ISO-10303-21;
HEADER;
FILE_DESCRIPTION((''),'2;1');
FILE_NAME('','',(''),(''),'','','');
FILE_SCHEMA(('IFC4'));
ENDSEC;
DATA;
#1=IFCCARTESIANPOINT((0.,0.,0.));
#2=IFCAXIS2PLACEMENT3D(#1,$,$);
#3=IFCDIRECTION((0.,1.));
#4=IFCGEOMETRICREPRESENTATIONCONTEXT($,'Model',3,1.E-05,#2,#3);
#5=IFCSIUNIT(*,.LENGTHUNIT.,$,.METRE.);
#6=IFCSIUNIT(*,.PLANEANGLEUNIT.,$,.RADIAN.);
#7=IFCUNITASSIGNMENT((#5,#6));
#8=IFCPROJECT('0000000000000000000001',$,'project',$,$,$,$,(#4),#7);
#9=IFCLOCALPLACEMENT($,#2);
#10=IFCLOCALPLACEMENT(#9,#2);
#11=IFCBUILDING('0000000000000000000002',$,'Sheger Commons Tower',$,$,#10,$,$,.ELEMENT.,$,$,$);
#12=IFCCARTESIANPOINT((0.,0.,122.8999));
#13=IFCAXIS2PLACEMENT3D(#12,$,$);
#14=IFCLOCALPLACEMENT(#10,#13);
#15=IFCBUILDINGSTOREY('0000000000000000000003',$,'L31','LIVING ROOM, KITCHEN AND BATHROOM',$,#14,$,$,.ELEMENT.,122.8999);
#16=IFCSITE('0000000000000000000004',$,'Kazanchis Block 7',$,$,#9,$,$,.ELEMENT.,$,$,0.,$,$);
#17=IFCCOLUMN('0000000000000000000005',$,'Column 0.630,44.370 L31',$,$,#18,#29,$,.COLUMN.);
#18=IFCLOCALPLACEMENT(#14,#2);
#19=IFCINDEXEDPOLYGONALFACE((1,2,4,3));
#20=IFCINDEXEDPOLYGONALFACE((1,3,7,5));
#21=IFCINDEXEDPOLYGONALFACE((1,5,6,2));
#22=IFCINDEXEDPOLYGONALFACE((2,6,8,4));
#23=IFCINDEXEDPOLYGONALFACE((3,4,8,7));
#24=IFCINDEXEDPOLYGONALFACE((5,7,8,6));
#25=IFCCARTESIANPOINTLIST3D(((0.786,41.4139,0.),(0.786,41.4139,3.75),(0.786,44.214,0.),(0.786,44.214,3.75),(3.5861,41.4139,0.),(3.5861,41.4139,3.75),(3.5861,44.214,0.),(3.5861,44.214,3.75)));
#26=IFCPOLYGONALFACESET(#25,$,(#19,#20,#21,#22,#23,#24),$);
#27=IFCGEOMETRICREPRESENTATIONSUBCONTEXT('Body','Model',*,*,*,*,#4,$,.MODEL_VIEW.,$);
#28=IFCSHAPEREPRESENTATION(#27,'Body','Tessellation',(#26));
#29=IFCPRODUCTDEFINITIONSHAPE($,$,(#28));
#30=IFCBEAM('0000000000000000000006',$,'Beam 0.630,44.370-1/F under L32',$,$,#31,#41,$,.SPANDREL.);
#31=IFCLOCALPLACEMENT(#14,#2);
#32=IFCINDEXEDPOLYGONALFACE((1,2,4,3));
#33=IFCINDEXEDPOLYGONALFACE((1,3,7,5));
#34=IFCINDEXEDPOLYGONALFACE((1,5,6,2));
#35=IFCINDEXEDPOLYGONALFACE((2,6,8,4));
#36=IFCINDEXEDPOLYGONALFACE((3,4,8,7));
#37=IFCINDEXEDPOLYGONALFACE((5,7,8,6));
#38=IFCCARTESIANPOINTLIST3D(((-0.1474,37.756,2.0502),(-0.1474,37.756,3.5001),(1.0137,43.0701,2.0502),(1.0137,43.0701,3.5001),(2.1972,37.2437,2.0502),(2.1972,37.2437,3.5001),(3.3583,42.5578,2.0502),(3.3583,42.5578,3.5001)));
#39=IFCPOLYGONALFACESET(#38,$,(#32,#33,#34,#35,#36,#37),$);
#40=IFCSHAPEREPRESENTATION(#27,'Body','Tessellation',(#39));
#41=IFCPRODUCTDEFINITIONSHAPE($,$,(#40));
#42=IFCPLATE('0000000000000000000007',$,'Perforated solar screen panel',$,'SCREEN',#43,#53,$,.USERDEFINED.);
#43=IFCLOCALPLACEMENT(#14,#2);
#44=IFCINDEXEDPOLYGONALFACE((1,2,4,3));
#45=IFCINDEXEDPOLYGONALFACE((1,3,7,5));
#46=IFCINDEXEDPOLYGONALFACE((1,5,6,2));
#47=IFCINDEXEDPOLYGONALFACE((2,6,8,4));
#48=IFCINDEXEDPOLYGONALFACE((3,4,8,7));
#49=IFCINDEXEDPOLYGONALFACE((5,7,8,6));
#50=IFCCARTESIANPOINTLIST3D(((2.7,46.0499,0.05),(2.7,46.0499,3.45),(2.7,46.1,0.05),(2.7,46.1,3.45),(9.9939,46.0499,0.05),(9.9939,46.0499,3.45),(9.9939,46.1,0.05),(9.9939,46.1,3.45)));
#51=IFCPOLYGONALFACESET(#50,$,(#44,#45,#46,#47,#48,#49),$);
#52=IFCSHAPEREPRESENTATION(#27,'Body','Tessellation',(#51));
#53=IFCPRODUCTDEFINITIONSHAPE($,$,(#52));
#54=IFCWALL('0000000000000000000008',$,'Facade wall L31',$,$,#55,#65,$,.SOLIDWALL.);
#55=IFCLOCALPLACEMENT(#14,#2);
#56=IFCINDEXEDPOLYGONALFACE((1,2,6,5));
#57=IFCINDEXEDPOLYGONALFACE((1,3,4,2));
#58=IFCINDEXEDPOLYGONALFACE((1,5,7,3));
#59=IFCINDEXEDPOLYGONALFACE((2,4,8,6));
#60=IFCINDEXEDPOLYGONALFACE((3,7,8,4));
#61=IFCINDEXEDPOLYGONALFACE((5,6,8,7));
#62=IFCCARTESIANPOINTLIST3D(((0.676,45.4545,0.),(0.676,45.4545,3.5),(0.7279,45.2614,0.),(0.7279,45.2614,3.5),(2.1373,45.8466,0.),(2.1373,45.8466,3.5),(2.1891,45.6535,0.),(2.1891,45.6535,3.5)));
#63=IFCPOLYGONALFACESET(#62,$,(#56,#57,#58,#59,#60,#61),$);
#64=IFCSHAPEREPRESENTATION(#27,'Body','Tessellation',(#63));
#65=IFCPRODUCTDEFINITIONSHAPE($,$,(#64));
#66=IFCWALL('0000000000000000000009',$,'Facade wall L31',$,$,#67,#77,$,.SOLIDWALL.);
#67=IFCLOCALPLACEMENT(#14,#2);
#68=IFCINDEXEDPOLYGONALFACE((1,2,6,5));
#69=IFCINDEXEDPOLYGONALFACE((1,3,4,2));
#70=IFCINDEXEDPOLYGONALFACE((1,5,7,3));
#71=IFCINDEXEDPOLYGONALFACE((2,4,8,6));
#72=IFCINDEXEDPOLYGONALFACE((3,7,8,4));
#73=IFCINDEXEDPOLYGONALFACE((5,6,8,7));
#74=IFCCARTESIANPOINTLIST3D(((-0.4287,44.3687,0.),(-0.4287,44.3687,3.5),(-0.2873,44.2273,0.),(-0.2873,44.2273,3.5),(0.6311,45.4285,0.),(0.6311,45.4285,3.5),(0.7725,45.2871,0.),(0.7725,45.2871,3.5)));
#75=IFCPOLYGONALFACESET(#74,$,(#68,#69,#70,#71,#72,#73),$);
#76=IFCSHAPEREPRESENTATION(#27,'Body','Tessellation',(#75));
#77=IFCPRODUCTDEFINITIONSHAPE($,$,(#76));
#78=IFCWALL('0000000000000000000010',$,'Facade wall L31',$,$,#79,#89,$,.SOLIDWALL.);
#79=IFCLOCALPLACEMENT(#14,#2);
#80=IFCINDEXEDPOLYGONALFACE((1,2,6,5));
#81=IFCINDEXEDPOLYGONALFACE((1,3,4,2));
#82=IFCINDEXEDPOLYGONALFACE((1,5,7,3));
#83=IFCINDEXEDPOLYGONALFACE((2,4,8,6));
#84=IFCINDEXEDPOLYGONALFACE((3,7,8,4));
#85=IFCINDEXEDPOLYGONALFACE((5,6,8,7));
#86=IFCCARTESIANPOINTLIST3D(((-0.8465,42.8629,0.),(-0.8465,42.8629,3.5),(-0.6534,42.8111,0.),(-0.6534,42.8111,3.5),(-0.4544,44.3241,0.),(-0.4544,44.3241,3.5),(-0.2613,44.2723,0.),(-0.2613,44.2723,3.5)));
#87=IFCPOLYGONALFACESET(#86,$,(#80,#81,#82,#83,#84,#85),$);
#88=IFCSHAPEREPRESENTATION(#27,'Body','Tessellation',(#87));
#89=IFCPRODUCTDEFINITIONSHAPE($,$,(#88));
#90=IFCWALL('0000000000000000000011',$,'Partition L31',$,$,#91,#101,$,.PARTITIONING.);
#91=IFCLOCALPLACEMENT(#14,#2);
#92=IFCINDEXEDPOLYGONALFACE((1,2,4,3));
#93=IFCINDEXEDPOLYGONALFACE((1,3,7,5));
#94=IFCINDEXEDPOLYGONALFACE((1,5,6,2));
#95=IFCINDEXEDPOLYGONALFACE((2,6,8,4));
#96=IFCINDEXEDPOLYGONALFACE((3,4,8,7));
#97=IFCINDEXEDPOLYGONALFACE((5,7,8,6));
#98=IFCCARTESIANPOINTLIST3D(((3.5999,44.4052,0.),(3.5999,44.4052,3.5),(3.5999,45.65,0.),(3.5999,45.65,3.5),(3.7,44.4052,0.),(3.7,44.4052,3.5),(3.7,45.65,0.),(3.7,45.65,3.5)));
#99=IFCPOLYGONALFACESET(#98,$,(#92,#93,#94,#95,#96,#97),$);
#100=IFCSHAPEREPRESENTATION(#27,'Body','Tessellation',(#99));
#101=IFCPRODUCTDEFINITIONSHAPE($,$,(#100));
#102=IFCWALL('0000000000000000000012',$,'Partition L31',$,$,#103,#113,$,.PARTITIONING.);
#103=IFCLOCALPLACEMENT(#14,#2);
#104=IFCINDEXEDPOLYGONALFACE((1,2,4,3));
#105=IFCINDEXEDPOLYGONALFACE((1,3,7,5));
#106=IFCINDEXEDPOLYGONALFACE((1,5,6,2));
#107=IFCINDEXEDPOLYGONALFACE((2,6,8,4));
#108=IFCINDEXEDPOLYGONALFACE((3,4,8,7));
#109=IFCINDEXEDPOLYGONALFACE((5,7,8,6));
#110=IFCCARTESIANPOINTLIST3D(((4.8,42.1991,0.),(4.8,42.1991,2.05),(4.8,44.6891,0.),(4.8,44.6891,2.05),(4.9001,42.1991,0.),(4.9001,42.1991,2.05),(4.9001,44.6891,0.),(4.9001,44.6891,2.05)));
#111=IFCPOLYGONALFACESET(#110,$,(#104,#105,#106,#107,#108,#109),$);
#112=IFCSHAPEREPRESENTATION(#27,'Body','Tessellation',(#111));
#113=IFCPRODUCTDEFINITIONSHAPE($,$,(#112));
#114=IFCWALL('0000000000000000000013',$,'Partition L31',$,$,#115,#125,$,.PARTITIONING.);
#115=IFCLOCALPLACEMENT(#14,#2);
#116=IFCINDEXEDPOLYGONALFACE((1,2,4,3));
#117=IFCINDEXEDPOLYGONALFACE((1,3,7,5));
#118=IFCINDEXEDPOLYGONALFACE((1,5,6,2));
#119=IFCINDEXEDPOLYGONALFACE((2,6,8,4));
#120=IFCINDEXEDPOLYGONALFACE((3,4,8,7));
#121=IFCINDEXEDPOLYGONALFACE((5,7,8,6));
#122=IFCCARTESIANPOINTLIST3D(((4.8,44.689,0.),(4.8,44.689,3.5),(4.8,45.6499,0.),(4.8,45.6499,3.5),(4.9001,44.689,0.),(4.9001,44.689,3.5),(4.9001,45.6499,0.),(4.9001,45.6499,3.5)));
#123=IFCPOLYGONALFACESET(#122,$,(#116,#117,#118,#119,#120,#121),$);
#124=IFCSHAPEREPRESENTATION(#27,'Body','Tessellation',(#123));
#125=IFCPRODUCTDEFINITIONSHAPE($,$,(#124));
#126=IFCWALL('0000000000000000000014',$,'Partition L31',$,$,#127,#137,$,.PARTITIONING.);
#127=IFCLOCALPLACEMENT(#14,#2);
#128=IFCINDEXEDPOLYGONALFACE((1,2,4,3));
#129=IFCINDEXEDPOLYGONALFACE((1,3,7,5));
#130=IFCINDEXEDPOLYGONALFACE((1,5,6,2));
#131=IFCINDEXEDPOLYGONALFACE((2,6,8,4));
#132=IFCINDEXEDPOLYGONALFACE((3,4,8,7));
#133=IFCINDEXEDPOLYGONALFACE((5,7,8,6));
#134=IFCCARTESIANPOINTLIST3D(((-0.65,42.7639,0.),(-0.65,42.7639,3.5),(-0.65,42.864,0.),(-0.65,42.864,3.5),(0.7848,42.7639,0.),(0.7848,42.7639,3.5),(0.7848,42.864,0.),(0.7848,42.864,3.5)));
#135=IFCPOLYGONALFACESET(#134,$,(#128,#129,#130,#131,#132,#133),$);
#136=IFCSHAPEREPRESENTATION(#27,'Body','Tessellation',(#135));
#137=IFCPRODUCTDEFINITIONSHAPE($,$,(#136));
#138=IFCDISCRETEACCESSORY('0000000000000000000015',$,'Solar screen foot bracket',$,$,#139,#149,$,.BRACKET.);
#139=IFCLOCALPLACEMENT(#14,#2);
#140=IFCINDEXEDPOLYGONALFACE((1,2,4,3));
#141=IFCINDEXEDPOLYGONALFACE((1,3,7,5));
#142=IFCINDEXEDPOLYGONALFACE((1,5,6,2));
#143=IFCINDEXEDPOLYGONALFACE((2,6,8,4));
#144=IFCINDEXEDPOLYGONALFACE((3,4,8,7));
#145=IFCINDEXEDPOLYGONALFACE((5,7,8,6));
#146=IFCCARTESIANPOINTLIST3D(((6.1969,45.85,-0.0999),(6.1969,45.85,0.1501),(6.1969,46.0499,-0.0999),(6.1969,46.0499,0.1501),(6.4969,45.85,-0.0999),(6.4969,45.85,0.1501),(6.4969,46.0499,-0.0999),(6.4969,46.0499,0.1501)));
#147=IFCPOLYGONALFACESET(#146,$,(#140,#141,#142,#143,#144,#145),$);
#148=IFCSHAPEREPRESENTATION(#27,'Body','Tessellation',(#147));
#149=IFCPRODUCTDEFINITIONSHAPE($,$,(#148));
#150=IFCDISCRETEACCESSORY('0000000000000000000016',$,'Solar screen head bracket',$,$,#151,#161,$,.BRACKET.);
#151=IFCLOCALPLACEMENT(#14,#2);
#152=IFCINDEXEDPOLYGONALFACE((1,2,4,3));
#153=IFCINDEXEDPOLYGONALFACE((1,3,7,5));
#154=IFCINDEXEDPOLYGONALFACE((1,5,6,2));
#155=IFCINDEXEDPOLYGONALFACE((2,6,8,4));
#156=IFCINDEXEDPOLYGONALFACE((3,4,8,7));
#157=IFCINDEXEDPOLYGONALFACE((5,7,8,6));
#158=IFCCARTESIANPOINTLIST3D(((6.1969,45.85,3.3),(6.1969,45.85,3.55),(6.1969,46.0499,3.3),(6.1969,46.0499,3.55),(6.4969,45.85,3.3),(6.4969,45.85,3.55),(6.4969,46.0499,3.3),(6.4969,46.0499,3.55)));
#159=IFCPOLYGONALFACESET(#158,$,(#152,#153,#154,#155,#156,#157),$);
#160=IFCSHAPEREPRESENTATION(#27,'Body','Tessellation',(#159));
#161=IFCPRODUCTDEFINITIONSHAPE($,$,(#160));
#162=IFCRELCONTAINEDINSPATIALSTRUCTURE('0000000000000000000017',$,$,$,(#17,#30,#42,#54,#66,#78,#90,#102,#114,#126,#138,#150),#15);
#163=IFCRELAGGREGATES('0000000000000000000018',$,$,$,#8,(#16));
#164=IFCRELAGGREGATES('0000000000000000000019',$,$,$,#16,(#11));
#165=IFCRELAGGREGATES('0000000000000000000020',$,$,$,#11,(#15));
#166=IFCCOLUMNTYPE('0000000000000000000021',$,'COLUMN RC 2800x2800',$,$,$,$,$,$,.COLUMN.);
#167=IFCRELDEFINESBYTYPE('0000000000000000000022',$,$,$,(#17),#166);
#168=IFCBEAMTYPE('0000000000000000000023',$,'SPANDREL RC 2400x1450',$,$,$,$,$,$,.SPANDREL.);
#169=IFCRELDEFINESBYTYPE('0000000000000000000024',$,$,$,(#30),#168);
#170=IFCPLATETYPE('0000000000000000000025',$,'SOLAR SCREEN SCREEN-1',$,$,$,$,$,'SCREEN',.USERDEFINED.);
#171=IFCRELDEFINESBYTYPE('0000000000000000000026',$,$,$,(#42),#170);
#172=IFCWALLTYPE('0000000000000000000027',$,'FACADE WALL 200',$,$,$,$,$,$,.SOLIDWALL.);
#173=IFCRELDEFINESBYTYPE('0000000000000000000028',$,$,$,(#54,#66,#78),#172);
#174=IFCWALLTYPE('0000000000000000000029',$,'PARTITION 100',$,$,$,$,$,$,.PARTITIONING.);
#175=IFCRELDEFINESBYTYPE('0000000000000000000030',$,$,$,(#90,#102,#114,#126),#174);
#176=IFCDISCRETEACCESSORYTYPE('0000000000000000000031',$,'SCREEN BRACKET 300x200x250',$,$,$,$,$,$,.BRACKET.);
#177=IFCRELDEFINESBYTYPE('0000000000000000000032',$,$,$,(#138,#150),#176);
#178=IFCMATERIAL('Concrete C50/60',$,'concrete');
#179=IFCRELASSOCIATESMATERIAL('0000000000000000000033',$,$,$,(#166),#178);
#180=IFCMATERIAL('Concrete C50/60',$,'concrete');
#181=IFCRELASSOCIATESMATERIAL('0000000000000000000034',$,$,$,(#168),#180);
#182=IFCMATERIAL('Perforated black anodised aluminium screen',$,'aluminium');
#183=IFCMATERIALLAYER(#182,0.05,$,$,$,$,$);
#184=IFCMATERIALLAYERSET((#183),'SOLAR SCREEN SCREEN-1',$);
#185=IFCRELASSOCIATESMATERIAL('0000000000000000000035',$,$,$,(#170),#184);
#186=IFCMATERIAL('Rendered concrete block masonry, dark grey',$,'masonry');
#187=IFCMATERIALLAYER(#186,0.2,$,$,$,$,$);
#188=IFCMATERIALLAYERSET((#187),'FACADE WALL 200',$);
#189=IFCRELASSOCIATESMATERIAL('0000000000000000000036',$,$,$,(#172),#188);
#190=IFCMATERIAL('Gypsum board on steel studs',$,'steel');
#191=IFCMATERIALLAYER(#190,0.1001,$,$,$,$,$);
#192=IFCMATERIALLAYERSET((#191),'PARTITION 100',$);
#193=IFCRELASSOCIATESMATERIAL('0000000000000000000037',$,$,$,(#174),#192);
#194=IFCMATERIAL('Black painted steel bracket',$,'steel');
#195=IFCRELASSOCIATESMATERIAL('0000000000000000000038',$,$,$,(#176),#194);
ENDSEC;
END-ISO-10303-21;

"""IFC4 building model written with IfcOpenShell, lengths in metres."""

from ifc_helpers import new_model, si_unit, direction, frame, frame_2d, origin, origin_2d, place, context, subcontext, project, spatial, rectangle, extrude, material, layer, layer_set, material_profile, profile_set, type_object, element, save


model = new_model("IFC4")

# Units and contexts
model_context = context("Model", 3, precision=1e-05, world=origin(), true_north=direction((0.0, 1.0)))
body_context = subcontext(model_context, "Body", "Model", "MODEL_VIEW")
ifc_project = project(units=[si_unit("LENGTHUNIT", "METRE"), si_unit("PLANEANGLEUNIT", "RADIAN")], contexts=[model_context])

# Site, building, storey
site_placement = place(None, origin())
site = spatial("IfcSite", under=ifc_project, at=site_placement, Name="Kazanchis Block 7", CompositionType="ELEMENT", RefElevation=0.0)
building_placement = place(site_placement, origin())
building = spatial("IfcBuilding", under=site, at=building_placement, Name="Sheger Commons Tower", CompositionType="ELEMENT")
storey_placement = place(building_placement, frame((0.0, 0.0, 122.8999)))
storey = spatial("IfcBuildingStorey", under=building, at=storey_placement, Name="L31", Description="LIVING ROOM, KITCHEN AND BATHROOM", CompositionType="ELEMENT", Elevation=122.8999)

# Column
ifc_material_1 = material(Name="Concrete C50/60", Category="concrete")
ifc_material_profile_1 = material_profile(ifc_material_1, rectangle(XDim=2.8, YDim=2.8, at=origin_2d()), Name="RC 2800x2800")
ifc_profile_set_1 = profile_set([ifc_material_profile_1], Name="Concrete C50/60")
column_type = type_object("IfcColumnType", Name="COLUMN RC 2800x2800", PredefinedType="COLUMN", material=ifc_profile_set_1)
column_placement = place(storey_placement, frame((2.186, 42.814, 0.0), z_axis=(0.0, 0.0, 1.0), x_axis=(1.0, 0.0, 0.0)))
element("IfcColumn", 1, at=column_placement, inside=storey, type_object=column_type, Name="Column 0.630,44.370 L31", PredefinedType="COLUMN", context=body_context, shape_type="SweptSolid", body=[
    extrude(rectangle(XDim=2.8, YDim=2.8, at=origin_2d()), origin(), (0.0, 0.0, 1.0), 3.75),
])

# Beam
ifc_material_2 = material(Name="Concrete C50/60", Category="concrete")
ifc_material_profile_2 = material_profile(ifc_material_2, rectangle(XDim=2.3999, YDim=1.45, at=origin_2d()), Name="RC 2400x1450")
ifc_profile_set_2 = profile_set([ifc_material_profile_2], Name="Concrete C50/60")
beam_type = type_object("IfcBeamType", Name="SPANDREL RC 2400x1450", PredefinedType="SPANDREL", material=ifc_profile_set_2)
beam_placement = place(storey_placement, frame((2.186, 42.814, 2.7751), z_axis=(-0.213469, -0.97695, 0.0), x_axis=(0.97695, -0.213469, 0.0)))
element("IfcBeam", 2, at=beam_placement, inside=storey, type_object=beam_type, Name="Beam 0.630,44.370-1/F under L32", PredefinedType="SPANDREL", context=body_context, shape_type="SweptSolid", body=[
    extrude(rectangle(XDim=2.3999, YDim=1.45, at=origin_2d()), origin(), (0.0, 0.0, 1.0), 5.4395),
])

# Plate
ifc_material_3 = material(Name="Perforated black anodised aluminium screen", Category="aluminium")
ifc_layer_1 = layer(ifc_material_3, 0.05)
ifc_layer_set_1 = layer_set([ifc_layer_1], Name="SOLAR SCREEN SCREEN-1")
plate_type = type_object("IfcPlateType", Name="SOLAR SCREEN SCREEN-1", ElementType="SCREEN", PredefinedType="USERDEFINED", material=ifc_layer_set_1)
plate_placement = place(storey_placement, frame((6.3469, 46.075, 0.05), z_axis=(0.0, 0.0, 1.0), x_axis=(-1.0, 0.0, 0.0)))
element("IfcPlate", 3, at=plate_placement, inside=storey, type_object=plate_type, Name="Perforated solar screen panel", ObjectType="SCREEN", PredefinedType="USERDEFINED", context=body_context, shape_type="SweptSolid", body=[
    extrude(rectangle(XDim=7.2939, YDim=0.05, at=origin_2d()), origin(), (0.0, 0.0, 1.0), 3.3999),
])

# Walls
ifc_material_4 = material(Name="Rendered concrete block masonry, dark grey", Category="masonry")
ifc_layer_2 = layer(ifc_material_4, 0.2)
ifc_layer_set_2 = layer_set([ifc_layer_2], Name="FACADE WALL 200")
wall_type_1 = type_object("IfcWallType", Name="FACADE WALL 200", PredefinedType="SOLIDWALL", material=ifc_layer_set_2)
wall_1_placement = place(storey_placement, frame((2.1631, 45.75, 0.0), z_axis=(0.0, 0.0, 1.0), x_axis=(-0.965832, -0.259169, 0.0)))
element("IfcWall", 4, at=wall_1_placement, inside=storey, type_object=wall_type_1, Name="Facade wall L31", PredefinedType="SOLIDWALL", context=body_context, shape_type="SweptSolid", body=[
    extrude(rectangle(XDim=1.5129, YDim=0.2, at=frame_2d((0.7563, 0.0))), origin(), (0.0, 0.0, 1.0), 3.5),
])
wall_2_placement = place(storey_placement, frame((0.7019, 45.3579, 0.0), z_axis=(0.0, 0.0, 1.0), x_axis=(-0.707107, -0.707107, 0.0)))
element("IfcWall", 5, at=wall_2_placement, inside=storey, type_object=wall_type_1, Name="Facade wall L31", PredefinedType="SOLIDWALL", context=body_context, shape_type="SweptSolid", body=[
    extrude(rectangle(XDim=1.4988, YDim=0.2, at=frame_2d((0.7495, 0.0))), origin(), (0.0, 0.0, 1.0), 3.5),
])
wall_3_placement = place(storey_placement, frame((-0.3579, 44.2981, 0.0), z_axis=(0.0, 0.0, 1.0), x_axis=(-0.259169, -0.965832, 0.0)))
element("IfcWall", 6, at=wall_3_placement, inside=storey, type_object=wall_type_1, Name="Facade wall L31", PredefinedType="SOLIDWALL", context=body_context, shape_type="SweptSolid", body=[
    extrude(rectangle(XDim=1.5129, YDim=0.2, at=frame_2d((0.7563, 0.0))), origin(), (0.0, 0.0, 1.0), 3.5),
])

# Walls
ifc_material_5 = material(Name="Gypsum board on steel studs", Category="steel")
ifc_layer_3 = layer(ifc_material_5, 0.1001)
ifc_layer_set_3 = layer_set([ifc_layer_3], Name="PARTITION 100")
wall_type_2 = type_object("IfcWallType", Name="PARTITION 100", PredefinedType="PARTITIONING", material=ifc_layer_set_3)
wall_4_placement = place(storey_placement, frame((3.6499, 44.405, 0.0), z_axis=(0.0, 0.0, 1.0), x_axis=(0.0, 1.0, 0.0)))
element("IfcWall", 7, at=wall_4_placement, inside=storey, type_object=wall_type_2, Name="Partition L31", PredefinedType="PARTITIONING", context=body_context, shape_type="SweptSolid", body=[
    extrude(rectangle(XDim=1.2449, YDim=0.1001, at=frame_2d((0.6226, 0.0))), origin(), (0.0, 0.0, 1.0), 3.5),
])
wall_5_placement = place(storey_placement, frame((4.8501, 42.199, 0.0), z_axis=(0.0, 0.0, 1.0), x_axis=(0.0, 1.0, 0.0)))
element("IfcWall", 8, at=wall_5_placement, inside=storey, type_object=wall_type_2, Name="Partition L31", PredefinedType="PARTITIONING", context=body_context, shape_type="SweptSolid", body=[
    extrude(rectangle(XDim=2.49, YDim=0.1001, at=frame_2d((1.2451, 0.0))), origin(), (0.0, 0.0, 1.0), 2.05),
])
wall_6_placement = place(storey_placement, frame((4.8501, 44.689, 0.0), z_axis=(0.0, 0.0, 1.0), x_axis=(0.0, 1.0, 0.0)))
element("IfcWall", 9, at=wall_6_placement, inside=storey, type_object=wall_type_2, Name="Partition L31", PredefinedType="PARTITIONING", context=body_context, shape_type="SweptSolid", body=[
    extrude(rectangle(XDim=0.9609, YDim=0.1001, at=frame_2d((0.4805, 0.0))), origin(), (0.0, 0.0, 1.0), 3.5),
])
wall_7_placement = place(storey_placement, frame((-0.6499, 42.814, 0.0), z_axis=(0.0, 0.0, 1.0), x_axis=(1.0, 0.0, 0.0)))
element("IfcWall", 10, at=wall_7_placement, inside=storey, type_object=wall_type_2, Name="Partition L31", PredefinedType="PARTITIONING", context=body_context, shape_type="SweptSolid", body=[
    extrude(rectangle(XDim=1.4348, YDim=0.1001, at=frame_2d((0.7173, 0.0))), origin(), (0.0, 0.0, 1.0), 3.5),
])

# Discrete accessories
ifc_material_6 = material(Name="Black painted steel bracket", Category="steel")
discrete_accessory_type = type_object("IfcDiscreteAccessoryType", Name="SCREEN BRACKET 300x200x250", PredefinedType="BRACKET", material=ifc_material_6)
for number, where, z_axis, x_axis, name in (
    (11, (6.3469, 45.95, -0.0999), (0.0, 0.0, 1.0), (-1.0, 0.0, 0.0), "Solar screen foot bracket"),
    (12, (6.3469, 45.95, 3.3), (0.0, 0.0, 1.0), (-1.0, 0.0, 0.0), "Solar screen head bracket"),
):
    element("IfcDiscreteAccessory", number, at=place(storey_placement, frame(where, z_axis=z_axis, x_axis=x_axis)), inside=storey, type_object=discrete_accessory_type, Name=name, PredefinedType="BRACKET", context=body_context, shape_type="SweptSolid", body=[
        extrude(rectangle(XDim=0.3, YDim=0.2, at=origin_2d()), origin(), (0.0, 0.0, 1.0), 0.25),
    ])

save(model, "model.ifc")
